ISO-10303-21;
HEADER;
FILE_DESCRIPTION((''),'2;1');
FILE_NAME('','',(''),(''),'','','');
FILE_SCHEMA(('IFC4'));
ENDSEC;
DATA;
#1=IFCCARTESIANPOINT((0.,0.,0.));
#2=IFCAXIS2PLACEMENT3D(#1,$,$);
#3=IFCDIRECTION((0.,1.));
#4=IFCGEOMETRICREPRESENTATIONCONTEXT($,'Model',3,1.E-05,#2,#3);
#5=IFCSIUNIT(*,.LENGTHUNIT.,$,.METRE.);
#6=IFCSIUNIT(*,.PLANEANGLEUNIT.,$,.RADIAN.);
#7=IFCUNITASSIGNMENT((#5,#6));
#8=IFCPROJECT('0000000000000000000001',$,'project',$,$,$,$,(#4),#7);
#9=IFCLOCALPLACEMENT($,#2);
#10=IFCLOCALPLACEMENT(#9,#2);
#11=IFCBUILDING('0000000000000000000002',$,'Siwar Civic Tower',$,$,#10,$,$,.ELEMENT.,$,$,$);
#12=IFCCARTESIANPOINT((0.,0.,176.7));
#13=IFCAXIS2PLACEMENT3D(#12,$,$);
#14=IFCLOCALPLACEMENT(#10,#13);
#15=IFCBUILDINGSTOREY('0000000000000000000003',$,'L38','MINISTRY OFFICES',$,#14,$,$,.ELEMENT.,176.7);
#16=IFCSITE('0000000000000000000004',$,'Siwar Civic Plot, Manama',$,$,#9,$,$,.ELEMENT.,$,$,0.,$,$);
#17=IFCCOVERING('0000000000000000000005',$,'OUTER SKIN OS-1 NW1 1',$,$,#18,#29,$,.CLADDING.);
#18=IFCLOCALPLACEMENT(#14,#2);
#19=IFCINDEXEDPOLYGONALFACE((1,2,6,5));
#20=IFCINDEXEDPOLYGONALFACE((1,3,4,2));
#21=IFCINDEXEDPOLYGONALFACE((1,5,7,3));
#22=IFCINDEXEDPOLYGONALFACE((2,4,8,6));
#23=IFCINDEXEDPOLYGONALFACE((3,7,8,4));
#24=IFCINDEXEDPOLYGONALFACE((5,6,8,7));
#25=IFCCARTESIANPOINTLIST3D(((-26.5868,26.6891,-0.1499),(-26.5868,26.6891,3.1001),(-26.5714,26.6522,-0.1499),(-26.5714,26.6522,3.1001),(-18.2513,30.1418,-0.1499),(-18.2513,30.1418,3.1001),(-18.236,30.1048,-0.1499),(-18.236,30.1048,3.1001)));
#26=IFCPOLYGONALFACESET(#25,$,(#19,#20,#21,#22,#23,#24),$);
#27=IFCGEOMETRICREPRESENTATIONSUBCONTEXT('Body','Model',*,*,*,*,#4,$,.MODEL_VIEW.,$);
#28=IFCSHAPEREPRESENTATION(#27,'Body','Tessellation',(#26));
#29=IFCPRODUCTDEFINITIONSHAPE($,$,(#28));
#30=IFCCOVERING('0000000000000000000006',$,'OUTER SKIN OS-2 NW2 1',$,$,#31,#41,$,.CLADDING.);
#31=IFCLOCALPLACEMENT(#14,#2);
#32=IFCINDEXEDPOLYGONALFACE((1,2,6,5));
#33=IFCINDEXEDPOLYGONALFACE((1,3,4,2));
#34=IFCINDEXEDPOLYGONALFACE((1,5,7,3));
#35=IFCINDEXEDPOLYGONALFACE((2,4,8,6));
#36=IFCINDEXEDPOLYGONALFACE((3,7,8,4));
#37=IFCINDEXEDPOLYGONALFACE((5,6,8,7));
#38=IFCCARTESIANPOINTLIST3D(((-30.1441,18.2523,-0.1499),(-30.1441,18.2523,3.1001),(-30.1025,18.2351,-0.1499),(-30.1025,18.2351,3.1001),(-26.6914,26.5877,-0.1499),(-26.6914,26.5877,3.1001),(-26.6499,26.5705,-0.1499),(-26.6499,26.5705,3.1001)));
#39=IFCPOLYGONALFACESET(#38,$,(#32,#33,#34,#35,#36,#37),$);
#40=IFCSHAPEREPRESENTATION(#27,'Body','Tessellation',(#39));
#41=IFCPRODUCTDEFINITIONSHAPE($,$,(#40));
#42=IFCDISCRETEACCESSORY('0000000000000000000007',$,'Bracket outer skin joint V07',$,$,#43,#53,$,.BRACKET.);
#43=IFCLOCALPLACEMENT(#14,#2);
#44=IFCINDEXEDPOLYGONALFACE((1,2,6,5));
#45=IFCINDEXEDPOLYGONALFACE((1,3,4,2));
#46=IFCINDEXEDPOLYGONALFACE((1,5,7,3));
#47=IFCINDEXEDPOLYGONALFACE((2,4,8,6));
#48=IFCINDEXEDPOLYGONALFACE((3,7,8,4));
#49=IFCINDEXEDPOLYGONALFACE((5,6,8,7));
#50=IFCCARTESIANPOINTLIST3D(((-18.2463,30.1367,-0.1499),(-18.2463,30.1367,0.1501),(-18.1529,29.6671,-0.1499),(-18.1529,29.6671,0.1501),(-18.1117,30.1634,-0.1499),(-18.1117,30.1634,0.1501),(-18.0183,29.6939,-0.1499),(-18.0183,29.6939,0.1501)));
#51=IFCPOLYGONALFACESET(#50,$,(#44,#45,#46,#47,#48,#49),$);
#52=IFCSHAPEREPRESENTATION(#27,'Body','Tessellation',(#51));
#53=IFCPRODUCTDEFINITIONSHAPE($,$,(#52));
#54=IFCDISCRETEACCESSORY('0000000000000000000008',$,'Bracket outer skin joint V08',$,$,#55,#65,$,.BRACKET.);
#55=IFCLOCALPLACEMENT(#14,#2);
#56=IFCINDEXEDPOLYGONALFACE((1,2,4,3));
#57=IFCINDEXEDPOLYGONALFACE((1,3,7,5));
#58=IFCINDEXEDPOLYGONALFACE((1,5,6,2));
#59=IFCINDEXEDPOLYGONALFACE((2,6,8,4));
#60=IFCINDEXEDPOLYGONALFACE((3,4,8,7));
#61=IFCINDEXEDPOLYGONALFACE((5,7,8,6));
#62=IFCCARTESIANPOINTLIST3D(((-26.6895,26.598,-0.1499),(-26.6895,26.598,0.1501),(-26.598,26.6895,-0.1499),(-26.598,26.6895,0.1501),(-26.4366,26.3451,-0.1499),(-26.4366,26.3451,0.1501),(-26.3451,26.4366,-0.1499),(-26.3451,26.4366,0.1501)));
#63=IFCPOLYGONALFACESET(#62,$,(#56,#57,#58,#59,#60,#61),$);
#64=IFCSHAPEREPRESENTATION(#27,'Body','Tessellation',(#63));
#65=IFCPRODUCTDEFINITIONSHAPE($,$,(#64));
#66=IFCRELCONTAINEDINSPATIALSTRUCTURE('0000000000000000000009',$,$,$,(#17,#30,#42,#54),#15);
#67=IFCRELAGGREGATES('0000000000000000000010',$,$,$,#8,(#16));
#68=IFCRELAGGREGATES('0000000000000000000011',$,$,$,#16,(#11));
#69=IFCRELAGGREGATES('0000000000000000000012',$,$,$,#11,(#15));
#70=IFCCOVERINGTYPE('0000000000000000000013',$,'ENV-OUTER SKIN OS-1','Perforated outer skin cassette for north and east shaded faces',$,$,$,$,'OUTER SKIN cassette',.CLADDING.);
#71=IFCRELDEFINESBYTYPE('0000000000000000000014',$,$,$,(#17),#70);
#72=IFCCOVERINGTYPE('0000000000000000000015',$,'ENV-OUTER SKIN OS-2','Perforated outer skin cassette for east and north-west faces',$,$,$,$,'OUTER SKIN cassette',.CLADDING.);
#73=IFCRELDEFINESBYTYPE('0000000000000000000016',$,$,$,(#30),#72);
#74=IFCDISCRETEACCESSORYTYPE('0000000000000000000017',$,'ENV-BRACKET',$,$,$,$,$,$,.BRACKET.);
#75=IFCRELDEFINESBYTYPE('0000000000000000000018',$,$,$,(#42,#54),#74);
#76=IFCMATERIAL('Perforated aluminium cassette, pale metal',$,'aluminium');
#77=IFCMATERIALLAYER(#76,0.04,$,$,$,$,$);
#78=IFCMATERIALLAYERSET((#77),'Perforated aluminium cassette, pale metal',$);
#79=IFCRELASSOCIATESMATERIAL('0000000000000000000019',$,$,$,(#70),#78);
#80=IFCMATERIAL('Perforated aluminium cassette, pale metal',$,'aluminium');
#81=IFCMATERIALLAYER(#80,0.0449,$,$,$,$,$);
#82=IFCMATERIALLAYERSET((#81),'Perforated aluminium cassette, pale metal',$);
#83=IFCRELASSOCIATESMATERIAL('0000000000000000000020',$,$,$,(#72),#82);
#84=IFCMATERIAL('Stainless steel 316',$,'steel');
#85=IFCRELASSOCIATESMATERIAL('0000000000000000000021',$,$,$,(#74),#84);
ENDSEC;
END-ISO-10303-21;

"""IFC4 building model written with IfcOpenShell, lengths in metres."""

from ifc_helpers import new_model, si_unit, direction, frame, origin, origin_2d, place, context, subcontext, project, spatial, rectangle, extrude, material, layer, layer_set, type_object, element, save


model = new_model("IFC4")

# Units and contexts
model_context = context("Model", 3, precision=1e-05, world=origin(), true_north=direction((0.0, 1.0)))
body_context = subcontext(model_context, "Body", "Model", "MODEL_VIEW")
ifc_project = project(units=[si_unit("LENGTHUNIT", "METRE"), si_unit("PLANEANGLEUNIT", "RADIAN")], contexts=[model_context])

# Site, building, storey
site_placement = place(None, origin())
site = spatial("IfcSite", under=ifc_project, at=site_placement, Name="Siwar Civic Plot, Manama", CompositionType="ELEMENT", RefElevation=0.0)
building_placement = place(site_placement, origin())
building = spatial("IfcBuilding", under=site, at=building_placement, Name="Siwar Civic Tower", CompositionType="ELEMENT")
storey_placement = place(building_placement, frame((0.0, 0.0, 176.7)))
storey = spatial("IfcBuildingStorey", under=building, at=storey_placement, Name="L38", Description="MINISTRY OFFICES", CompositionType="ELEMENT", Elevation=176.7)

# Coverings
ifc_material_1 = material(Name="Perforated aluminium cassette, pale metal", Category="aluminium")
ifc_layer_1 = layer(ifc_material_1, 0.04)
ifc_layer_set_1 = layer_set([ifc_layer_1], Name="Perforated aluminium cassette, pale metal")
covering_type_1 = type_object("IfcCoveringType", Name="ENV-OUTER SKIN OS-1", Description="Perforated outer skin cassette for north and east shaded faces", ElementType="OUTER SKIN cassette", PredefinedType="CLADDING", material=ifc_layer_set_1)
covering_1_placement = place(storey_placement, frame((-22.4114, 28.397, -0.1499), z_axis=(0.0, 0.0, 1.0), x_axis=(-0.92388, -0.382683, 0.0)))
element("IfcCovering", 1, at=covering_1_placement, inside=storey, type_object=covering_type_1, Name="OUTER SKIN OS-1 NW1 1", PredefinedType="CLADDING", context=body_context, shape_type="SweptSolid", body=[
    extrude(rectangle(XDim=9.0222, YDim=0.04, at=origin_2d()), origin(), (0.0, 0.0, 1.0), 3.25),
])
ifc_material_2 = material(Name="Perforated aluminium cassette, pale metal", Category="aluminium")
ifc_layer_2 = layer(ifc_material_2, 0.0449)
ifc_layer_set_2 = layer_set([ifc_layer_2], Name="Perforated aluminium cassette, pale metal")
covering_type_2 = type_object("IfcCoveringType", Name="ENV-OUTER SKIN OS-2", Description="Perforated outer skin cassette for east and north-west faces", ElementType="OUTER SKIN cassette", PredefinedType="CLADDING", material=ifc_layer_set_2)
covering_2_placement = place(storey_placement, frame((-28.397, 22.4114, -0.1499), z_axis=(0.0, 0.0, 1.0), x_axis=(-0.382683, -0.92388, 0.0)))
element("IfcCovering", 2, at=covering_2_placement, inside=storey, type_object=covering_type_2, Name="OUTER SKIN OS-2 NW2 1", PredefinedType="CLADDING", context=body_context, shape_type="SweptSolid", body=[
    extrude(rectangle(XDim=9.0222, YDim=0.0449, at=origin_2d()), origin(), (0.0, 0.0, 1.0), 3.25),
])

# Discrete accessories
ifc_material_3 = material(Name="Stainless steel 316", Category="steel")
discrete_accessory_type = type_object("IfcDiscreteAccessoryType", Name="ENV-BRACKET", PredefinedType="BRACKET", material=ifc_material_3)
discrete_accessory_1_placement = place(storey_placement, frame((-18.1323, 29.9153, -0.1499), z_axis=(0.0, 0.0, 1.0), x_axis=(-0.19509, 0.980785, 0.0)))
element("IfcDiscreteAccessory", 3, at=discrete_accessory_1_placement, inside=storey, type_object=discrete_accessory_type, Name="Bracket outer skin joint V07", PredefinedType="BRACKET", context=body_context, shape_type="SweptSolid", body=[
    extrude(rectangle(XDim=0.4788, YDim=0.1372, at=origin_2d()), origin(), (0.0, 0.0, 1.0), 0.3),
])
discrete_accessory_2_placement = place(storey_placement, frame((-26.5173, 26.5173, -0.1499), z_axis=(0.0, 0.0, 1.0), x_axis=(-0.707107, 0.707107, 0.0)))
element("IfcDiscreteAccessory", 4, at=discrete_accessory_2_placement, inside=storey, type_object=discrete_accessory_type, Name="Bracket outer skin joint V08", PredefinedType="BRACKET", context=body_context, shape_type="SweptSolid", body=[
    extrude(rectangle(XDim=0.3577, YDim=0.1294, at=origin_2d()), origin(), (0.0, 0.0, 1.0), 0.3),
])

save(model, "model.ifc")
